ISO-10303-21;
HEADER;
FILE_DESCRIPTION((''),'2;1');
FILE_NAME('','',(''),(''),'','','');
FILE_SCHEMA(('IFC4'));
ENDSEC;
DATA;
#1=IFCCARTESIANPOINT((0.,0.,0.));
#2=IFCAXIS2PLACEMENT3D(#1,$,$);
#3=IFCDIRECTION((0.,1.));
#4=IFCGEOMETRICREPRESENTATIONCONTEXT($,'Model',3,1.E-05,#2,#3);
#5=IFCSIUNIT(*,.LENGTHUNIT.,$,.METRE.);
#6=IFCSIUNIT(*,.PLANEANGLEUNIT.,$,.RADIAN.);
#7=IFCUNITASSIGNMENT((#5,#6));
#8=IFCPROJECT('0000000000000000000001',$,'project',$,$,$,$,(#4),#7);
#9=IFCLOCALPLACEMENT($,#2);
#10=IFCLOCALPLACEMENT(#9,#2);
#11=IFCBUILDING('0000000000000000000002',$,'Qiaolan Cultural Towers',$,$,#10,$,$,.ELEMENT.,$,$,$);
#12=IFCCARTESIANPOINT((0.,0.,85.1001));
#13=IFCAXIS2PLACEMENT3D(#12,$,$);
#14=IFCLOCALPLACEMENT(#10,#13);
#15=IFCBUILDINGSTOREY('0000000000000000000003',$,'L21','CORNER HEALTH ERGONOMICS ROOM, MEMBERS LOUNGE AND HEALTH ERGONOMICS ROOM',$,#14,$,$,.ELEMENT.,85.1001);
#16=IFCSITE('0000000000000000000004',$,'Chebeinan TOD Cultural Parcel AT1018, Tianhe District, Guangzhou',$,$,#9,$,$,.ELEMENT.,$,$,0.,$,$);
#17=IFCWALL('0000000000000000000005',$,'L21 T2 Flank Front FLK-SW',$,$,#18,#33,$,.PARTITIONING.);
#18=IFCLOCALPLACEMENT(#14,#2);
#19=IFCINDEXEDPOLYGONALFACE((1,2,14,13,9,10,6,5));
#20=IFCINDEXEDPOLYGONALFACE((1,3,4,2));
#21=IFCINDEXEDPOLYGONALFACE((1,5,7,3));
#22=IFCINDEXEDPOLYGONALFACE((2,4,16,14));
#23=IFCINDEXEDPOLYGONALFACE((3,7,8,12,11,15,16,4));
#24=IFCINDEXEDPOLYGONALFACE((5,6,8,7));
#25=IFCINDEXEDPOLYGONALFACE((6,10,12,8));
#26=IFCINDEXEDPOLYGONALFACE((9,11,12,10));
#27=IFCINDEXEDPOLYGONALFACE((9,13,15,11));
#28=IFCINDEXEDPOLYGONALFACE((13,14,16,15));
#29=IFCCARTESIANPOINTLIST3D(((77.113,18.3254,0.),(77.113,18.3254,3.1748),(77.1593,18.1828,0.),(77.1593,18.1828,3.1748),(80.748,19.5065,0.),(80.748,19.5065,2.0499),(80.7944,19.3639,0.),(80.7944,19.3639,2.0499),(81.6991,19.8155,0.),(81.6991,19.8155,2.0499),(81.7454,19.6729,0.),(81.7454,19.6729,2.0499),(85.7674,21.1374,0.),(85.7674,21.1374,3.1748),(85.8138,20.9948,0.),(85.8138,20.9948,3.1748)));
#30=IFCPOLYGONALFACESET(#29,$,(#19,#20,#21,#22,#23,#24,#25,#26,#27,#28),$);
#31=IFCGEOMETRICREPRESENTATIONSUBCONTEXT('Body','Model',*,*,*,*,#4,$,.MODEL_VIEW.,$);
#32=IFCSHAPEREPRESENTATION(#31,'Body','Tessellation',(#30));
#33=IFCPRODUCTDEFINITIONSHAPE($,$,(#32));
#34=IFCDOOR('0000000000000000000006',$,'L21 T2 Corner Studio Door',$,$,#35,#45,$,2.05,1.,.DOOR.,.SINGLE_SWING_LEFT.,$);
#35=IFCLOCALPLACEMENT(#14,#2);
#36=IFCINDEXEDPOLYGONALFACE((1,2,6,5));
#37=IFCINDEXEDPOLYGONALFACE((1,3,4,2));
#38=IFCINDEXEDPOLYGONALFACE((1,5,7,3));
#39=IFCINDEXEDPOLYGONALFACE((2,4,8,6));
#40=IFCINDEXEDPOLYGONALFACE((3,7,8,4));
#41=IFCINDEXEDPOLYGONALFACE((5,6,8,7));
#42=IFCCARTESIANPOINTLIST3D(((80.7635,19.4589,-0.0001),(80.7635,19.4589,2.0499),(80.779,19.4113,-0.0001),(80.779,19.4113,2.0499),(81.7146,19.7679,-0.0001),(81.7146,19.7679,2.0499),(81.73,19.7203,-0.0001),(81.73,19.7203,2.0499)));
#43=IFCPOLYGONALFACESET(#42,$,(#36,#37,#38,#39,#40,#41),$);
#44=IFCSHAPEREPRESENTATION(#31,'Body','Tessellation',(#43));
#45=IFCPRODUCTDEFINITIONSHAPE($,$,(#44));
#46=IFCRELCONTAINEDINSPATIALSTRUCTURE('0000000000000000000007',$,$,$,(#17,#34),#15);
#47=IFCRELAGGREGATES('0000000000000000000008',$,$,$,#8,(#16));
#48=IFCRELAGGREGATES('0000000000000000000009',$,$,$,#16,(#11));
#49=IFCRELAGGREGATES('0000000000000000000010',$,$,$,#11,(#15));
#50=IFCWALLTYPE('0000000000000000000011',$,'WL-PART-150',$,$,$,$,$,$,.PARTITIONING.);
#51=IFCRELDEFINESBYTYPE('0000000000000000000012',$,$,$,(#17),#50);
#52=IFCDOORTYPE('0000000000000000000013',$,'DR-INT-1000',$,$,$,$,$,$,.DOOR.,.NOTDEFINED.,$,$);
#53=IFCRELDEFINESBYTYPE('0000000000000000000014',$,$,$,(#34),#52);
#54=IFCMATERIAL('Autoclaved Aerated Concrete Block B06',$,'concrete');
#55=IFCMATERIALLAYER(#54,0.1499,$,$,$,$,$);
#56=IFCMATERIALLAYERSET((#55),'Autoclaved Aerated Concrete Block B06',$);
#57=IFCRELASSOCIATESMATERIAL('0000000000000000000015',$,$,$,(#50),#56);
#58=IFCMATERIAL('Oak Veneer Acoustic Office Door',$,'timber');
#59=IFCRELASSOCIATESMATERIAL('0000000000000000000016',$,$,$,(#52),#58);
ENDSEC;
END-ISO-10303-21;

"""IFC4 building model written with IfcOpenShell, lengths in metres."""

from ifc_helpers import new_model, si_unit, direction, frame, frame_2d, origin, place, context, subcontext, project, spatial, rectangle, extrude, material, layer, layer_set, type_object, element, fill, save


model = new_model("IFC4")

# Units and contexts
model_context = context("Model", 3, precision=1e-05, world=origin(), true_north=direction((0.0, 1.0)))
body_context = subcontext(model_context, "Body", "Model", "MODEL_VIEW")
ifc_project = project(units=[si_unit("LENGTHUNIT", "METRE"), si_unit("PLANEANGLEUNIT", "RADIAN")], contexts=[model_context])

# Site, building, storey
site_placement = place(None, origin())
site = spatial("IfcSite", under=ifc_project, at=site_placement, Name="Chebeinan TOD Cultural Parcel AT1018, Tianhe District, Guangzhou", CompositionType="ELEMENT", RefElevation=0.0)
building_placement = place(site_placement, origin())
building = spatial("IfcBuilding", under=site, at=building_placement, Name="Qiaolan Cultural Towers", CompositionType="ELEMENT")
storey_placement = place(building_placement, frame((0.0, 0.0, 85.1001)))
storey = spatial("IfcBuildingStorey", under=building, at=storey_placement, Name="L21", Description="CORNER HEALTH ERGONOMICS ROOM, MEMBERS LOUNGE AND HEALTH ERGONOMICS ROOM", CompositionType="ELEMENT", Elevation=85.1001)

# Shared definitions
ifc_material_1 = material(Name="Autoclaved Aerated Concrete Block B06", Category="concrete")
ifc_layer_1 = layer(ifc_material_1, 0.1499)
ifc_layer_set_1 = layer_set([ifc_layer_1], Name="Autoclaved Aerated Concrete Block B06")
wall_type_1 = type_object("IfcWallType", Name="WL-PART-150", PredefinedType="PARTITIONING", material=ifc_layer_set_1)

# Wall, opening, door
wall_1_placement = place(storey_placement, frame((77.1362, 18.2542, 0.0), z_axis=(0.0, 0.0, 1.0), x_axis=(0.951057, 0.309015, 0.0)))
wall_1 = element("IfcWall", 1, at=wall_1_placement, inside=storey, type_object=wall_type_1, Name="L21 T2 Flank Front FLK-SW", PredefinedType="PARTITIONING", context=body_context, shape_type="SweptSolid", body=[
    extrude(rectangle(XDim=9.0999, YDim=0.1499, at=frame_2d((4.5498, 0.0))), origin(), (0.0, 0.0, 1.0), 3.1748),
])
opening_1_placement = place(wall_1_placement, frame((3.822, 0.0, 0.0)))
opening_1 = element("IfcOpeningElement", 2, at=opening_1_placement, cuts=wall_1, PredefinedType="OPENING", context=body_context, shape_type="SweptSolid", body=[
    extrude(rectangle(XDim=1.0, YDim=2.05, at=frame_2d((0.5, 1.0249))), frame((0.0, 0.085, 0.0), z_axis=(0.0, -1.0, 0.0), x_axis=(1.0, 0.0, 0.0)), (0.0, 0.0, 1.0), 0.1699),
])
ifc_material_2 = material(Name="Oak Veneer Acoustic Office Door", Category="timber")
door_type = type_object("IfcDoorType", Name="DR-INT-1000", OperationType="NOTDEFINED", PredefinedType="DOOR", material=ifc_material_2)
door_placement = place(opening_1_placement, origin())
door = element("IfcDoor", 3, at=door_placement, inside=storey, type_object=door_type, Name="L21 T2 Corner Studio Door", OperationType="SINGLE_SWING_LEFT", OverallHeight=2.05, OverallWidth=1.0, PredefinedType="DOOR", context=body_context, shape_type="SweptSolid", body=[
    extrude(rectangle(XDim=1.0, YDim=2.05, at=frame_2d((0.5, 1.0249))), frame((0.0, 0.0249, 0.0), z_axis=(0.0, -1.0, 0.0), x_axis=(1.0, 0.0, 0.0)), (0.0, 0.0, 1.0), 0.05),
])
fill(opening_1, door)

save(model, "model.ifc")
